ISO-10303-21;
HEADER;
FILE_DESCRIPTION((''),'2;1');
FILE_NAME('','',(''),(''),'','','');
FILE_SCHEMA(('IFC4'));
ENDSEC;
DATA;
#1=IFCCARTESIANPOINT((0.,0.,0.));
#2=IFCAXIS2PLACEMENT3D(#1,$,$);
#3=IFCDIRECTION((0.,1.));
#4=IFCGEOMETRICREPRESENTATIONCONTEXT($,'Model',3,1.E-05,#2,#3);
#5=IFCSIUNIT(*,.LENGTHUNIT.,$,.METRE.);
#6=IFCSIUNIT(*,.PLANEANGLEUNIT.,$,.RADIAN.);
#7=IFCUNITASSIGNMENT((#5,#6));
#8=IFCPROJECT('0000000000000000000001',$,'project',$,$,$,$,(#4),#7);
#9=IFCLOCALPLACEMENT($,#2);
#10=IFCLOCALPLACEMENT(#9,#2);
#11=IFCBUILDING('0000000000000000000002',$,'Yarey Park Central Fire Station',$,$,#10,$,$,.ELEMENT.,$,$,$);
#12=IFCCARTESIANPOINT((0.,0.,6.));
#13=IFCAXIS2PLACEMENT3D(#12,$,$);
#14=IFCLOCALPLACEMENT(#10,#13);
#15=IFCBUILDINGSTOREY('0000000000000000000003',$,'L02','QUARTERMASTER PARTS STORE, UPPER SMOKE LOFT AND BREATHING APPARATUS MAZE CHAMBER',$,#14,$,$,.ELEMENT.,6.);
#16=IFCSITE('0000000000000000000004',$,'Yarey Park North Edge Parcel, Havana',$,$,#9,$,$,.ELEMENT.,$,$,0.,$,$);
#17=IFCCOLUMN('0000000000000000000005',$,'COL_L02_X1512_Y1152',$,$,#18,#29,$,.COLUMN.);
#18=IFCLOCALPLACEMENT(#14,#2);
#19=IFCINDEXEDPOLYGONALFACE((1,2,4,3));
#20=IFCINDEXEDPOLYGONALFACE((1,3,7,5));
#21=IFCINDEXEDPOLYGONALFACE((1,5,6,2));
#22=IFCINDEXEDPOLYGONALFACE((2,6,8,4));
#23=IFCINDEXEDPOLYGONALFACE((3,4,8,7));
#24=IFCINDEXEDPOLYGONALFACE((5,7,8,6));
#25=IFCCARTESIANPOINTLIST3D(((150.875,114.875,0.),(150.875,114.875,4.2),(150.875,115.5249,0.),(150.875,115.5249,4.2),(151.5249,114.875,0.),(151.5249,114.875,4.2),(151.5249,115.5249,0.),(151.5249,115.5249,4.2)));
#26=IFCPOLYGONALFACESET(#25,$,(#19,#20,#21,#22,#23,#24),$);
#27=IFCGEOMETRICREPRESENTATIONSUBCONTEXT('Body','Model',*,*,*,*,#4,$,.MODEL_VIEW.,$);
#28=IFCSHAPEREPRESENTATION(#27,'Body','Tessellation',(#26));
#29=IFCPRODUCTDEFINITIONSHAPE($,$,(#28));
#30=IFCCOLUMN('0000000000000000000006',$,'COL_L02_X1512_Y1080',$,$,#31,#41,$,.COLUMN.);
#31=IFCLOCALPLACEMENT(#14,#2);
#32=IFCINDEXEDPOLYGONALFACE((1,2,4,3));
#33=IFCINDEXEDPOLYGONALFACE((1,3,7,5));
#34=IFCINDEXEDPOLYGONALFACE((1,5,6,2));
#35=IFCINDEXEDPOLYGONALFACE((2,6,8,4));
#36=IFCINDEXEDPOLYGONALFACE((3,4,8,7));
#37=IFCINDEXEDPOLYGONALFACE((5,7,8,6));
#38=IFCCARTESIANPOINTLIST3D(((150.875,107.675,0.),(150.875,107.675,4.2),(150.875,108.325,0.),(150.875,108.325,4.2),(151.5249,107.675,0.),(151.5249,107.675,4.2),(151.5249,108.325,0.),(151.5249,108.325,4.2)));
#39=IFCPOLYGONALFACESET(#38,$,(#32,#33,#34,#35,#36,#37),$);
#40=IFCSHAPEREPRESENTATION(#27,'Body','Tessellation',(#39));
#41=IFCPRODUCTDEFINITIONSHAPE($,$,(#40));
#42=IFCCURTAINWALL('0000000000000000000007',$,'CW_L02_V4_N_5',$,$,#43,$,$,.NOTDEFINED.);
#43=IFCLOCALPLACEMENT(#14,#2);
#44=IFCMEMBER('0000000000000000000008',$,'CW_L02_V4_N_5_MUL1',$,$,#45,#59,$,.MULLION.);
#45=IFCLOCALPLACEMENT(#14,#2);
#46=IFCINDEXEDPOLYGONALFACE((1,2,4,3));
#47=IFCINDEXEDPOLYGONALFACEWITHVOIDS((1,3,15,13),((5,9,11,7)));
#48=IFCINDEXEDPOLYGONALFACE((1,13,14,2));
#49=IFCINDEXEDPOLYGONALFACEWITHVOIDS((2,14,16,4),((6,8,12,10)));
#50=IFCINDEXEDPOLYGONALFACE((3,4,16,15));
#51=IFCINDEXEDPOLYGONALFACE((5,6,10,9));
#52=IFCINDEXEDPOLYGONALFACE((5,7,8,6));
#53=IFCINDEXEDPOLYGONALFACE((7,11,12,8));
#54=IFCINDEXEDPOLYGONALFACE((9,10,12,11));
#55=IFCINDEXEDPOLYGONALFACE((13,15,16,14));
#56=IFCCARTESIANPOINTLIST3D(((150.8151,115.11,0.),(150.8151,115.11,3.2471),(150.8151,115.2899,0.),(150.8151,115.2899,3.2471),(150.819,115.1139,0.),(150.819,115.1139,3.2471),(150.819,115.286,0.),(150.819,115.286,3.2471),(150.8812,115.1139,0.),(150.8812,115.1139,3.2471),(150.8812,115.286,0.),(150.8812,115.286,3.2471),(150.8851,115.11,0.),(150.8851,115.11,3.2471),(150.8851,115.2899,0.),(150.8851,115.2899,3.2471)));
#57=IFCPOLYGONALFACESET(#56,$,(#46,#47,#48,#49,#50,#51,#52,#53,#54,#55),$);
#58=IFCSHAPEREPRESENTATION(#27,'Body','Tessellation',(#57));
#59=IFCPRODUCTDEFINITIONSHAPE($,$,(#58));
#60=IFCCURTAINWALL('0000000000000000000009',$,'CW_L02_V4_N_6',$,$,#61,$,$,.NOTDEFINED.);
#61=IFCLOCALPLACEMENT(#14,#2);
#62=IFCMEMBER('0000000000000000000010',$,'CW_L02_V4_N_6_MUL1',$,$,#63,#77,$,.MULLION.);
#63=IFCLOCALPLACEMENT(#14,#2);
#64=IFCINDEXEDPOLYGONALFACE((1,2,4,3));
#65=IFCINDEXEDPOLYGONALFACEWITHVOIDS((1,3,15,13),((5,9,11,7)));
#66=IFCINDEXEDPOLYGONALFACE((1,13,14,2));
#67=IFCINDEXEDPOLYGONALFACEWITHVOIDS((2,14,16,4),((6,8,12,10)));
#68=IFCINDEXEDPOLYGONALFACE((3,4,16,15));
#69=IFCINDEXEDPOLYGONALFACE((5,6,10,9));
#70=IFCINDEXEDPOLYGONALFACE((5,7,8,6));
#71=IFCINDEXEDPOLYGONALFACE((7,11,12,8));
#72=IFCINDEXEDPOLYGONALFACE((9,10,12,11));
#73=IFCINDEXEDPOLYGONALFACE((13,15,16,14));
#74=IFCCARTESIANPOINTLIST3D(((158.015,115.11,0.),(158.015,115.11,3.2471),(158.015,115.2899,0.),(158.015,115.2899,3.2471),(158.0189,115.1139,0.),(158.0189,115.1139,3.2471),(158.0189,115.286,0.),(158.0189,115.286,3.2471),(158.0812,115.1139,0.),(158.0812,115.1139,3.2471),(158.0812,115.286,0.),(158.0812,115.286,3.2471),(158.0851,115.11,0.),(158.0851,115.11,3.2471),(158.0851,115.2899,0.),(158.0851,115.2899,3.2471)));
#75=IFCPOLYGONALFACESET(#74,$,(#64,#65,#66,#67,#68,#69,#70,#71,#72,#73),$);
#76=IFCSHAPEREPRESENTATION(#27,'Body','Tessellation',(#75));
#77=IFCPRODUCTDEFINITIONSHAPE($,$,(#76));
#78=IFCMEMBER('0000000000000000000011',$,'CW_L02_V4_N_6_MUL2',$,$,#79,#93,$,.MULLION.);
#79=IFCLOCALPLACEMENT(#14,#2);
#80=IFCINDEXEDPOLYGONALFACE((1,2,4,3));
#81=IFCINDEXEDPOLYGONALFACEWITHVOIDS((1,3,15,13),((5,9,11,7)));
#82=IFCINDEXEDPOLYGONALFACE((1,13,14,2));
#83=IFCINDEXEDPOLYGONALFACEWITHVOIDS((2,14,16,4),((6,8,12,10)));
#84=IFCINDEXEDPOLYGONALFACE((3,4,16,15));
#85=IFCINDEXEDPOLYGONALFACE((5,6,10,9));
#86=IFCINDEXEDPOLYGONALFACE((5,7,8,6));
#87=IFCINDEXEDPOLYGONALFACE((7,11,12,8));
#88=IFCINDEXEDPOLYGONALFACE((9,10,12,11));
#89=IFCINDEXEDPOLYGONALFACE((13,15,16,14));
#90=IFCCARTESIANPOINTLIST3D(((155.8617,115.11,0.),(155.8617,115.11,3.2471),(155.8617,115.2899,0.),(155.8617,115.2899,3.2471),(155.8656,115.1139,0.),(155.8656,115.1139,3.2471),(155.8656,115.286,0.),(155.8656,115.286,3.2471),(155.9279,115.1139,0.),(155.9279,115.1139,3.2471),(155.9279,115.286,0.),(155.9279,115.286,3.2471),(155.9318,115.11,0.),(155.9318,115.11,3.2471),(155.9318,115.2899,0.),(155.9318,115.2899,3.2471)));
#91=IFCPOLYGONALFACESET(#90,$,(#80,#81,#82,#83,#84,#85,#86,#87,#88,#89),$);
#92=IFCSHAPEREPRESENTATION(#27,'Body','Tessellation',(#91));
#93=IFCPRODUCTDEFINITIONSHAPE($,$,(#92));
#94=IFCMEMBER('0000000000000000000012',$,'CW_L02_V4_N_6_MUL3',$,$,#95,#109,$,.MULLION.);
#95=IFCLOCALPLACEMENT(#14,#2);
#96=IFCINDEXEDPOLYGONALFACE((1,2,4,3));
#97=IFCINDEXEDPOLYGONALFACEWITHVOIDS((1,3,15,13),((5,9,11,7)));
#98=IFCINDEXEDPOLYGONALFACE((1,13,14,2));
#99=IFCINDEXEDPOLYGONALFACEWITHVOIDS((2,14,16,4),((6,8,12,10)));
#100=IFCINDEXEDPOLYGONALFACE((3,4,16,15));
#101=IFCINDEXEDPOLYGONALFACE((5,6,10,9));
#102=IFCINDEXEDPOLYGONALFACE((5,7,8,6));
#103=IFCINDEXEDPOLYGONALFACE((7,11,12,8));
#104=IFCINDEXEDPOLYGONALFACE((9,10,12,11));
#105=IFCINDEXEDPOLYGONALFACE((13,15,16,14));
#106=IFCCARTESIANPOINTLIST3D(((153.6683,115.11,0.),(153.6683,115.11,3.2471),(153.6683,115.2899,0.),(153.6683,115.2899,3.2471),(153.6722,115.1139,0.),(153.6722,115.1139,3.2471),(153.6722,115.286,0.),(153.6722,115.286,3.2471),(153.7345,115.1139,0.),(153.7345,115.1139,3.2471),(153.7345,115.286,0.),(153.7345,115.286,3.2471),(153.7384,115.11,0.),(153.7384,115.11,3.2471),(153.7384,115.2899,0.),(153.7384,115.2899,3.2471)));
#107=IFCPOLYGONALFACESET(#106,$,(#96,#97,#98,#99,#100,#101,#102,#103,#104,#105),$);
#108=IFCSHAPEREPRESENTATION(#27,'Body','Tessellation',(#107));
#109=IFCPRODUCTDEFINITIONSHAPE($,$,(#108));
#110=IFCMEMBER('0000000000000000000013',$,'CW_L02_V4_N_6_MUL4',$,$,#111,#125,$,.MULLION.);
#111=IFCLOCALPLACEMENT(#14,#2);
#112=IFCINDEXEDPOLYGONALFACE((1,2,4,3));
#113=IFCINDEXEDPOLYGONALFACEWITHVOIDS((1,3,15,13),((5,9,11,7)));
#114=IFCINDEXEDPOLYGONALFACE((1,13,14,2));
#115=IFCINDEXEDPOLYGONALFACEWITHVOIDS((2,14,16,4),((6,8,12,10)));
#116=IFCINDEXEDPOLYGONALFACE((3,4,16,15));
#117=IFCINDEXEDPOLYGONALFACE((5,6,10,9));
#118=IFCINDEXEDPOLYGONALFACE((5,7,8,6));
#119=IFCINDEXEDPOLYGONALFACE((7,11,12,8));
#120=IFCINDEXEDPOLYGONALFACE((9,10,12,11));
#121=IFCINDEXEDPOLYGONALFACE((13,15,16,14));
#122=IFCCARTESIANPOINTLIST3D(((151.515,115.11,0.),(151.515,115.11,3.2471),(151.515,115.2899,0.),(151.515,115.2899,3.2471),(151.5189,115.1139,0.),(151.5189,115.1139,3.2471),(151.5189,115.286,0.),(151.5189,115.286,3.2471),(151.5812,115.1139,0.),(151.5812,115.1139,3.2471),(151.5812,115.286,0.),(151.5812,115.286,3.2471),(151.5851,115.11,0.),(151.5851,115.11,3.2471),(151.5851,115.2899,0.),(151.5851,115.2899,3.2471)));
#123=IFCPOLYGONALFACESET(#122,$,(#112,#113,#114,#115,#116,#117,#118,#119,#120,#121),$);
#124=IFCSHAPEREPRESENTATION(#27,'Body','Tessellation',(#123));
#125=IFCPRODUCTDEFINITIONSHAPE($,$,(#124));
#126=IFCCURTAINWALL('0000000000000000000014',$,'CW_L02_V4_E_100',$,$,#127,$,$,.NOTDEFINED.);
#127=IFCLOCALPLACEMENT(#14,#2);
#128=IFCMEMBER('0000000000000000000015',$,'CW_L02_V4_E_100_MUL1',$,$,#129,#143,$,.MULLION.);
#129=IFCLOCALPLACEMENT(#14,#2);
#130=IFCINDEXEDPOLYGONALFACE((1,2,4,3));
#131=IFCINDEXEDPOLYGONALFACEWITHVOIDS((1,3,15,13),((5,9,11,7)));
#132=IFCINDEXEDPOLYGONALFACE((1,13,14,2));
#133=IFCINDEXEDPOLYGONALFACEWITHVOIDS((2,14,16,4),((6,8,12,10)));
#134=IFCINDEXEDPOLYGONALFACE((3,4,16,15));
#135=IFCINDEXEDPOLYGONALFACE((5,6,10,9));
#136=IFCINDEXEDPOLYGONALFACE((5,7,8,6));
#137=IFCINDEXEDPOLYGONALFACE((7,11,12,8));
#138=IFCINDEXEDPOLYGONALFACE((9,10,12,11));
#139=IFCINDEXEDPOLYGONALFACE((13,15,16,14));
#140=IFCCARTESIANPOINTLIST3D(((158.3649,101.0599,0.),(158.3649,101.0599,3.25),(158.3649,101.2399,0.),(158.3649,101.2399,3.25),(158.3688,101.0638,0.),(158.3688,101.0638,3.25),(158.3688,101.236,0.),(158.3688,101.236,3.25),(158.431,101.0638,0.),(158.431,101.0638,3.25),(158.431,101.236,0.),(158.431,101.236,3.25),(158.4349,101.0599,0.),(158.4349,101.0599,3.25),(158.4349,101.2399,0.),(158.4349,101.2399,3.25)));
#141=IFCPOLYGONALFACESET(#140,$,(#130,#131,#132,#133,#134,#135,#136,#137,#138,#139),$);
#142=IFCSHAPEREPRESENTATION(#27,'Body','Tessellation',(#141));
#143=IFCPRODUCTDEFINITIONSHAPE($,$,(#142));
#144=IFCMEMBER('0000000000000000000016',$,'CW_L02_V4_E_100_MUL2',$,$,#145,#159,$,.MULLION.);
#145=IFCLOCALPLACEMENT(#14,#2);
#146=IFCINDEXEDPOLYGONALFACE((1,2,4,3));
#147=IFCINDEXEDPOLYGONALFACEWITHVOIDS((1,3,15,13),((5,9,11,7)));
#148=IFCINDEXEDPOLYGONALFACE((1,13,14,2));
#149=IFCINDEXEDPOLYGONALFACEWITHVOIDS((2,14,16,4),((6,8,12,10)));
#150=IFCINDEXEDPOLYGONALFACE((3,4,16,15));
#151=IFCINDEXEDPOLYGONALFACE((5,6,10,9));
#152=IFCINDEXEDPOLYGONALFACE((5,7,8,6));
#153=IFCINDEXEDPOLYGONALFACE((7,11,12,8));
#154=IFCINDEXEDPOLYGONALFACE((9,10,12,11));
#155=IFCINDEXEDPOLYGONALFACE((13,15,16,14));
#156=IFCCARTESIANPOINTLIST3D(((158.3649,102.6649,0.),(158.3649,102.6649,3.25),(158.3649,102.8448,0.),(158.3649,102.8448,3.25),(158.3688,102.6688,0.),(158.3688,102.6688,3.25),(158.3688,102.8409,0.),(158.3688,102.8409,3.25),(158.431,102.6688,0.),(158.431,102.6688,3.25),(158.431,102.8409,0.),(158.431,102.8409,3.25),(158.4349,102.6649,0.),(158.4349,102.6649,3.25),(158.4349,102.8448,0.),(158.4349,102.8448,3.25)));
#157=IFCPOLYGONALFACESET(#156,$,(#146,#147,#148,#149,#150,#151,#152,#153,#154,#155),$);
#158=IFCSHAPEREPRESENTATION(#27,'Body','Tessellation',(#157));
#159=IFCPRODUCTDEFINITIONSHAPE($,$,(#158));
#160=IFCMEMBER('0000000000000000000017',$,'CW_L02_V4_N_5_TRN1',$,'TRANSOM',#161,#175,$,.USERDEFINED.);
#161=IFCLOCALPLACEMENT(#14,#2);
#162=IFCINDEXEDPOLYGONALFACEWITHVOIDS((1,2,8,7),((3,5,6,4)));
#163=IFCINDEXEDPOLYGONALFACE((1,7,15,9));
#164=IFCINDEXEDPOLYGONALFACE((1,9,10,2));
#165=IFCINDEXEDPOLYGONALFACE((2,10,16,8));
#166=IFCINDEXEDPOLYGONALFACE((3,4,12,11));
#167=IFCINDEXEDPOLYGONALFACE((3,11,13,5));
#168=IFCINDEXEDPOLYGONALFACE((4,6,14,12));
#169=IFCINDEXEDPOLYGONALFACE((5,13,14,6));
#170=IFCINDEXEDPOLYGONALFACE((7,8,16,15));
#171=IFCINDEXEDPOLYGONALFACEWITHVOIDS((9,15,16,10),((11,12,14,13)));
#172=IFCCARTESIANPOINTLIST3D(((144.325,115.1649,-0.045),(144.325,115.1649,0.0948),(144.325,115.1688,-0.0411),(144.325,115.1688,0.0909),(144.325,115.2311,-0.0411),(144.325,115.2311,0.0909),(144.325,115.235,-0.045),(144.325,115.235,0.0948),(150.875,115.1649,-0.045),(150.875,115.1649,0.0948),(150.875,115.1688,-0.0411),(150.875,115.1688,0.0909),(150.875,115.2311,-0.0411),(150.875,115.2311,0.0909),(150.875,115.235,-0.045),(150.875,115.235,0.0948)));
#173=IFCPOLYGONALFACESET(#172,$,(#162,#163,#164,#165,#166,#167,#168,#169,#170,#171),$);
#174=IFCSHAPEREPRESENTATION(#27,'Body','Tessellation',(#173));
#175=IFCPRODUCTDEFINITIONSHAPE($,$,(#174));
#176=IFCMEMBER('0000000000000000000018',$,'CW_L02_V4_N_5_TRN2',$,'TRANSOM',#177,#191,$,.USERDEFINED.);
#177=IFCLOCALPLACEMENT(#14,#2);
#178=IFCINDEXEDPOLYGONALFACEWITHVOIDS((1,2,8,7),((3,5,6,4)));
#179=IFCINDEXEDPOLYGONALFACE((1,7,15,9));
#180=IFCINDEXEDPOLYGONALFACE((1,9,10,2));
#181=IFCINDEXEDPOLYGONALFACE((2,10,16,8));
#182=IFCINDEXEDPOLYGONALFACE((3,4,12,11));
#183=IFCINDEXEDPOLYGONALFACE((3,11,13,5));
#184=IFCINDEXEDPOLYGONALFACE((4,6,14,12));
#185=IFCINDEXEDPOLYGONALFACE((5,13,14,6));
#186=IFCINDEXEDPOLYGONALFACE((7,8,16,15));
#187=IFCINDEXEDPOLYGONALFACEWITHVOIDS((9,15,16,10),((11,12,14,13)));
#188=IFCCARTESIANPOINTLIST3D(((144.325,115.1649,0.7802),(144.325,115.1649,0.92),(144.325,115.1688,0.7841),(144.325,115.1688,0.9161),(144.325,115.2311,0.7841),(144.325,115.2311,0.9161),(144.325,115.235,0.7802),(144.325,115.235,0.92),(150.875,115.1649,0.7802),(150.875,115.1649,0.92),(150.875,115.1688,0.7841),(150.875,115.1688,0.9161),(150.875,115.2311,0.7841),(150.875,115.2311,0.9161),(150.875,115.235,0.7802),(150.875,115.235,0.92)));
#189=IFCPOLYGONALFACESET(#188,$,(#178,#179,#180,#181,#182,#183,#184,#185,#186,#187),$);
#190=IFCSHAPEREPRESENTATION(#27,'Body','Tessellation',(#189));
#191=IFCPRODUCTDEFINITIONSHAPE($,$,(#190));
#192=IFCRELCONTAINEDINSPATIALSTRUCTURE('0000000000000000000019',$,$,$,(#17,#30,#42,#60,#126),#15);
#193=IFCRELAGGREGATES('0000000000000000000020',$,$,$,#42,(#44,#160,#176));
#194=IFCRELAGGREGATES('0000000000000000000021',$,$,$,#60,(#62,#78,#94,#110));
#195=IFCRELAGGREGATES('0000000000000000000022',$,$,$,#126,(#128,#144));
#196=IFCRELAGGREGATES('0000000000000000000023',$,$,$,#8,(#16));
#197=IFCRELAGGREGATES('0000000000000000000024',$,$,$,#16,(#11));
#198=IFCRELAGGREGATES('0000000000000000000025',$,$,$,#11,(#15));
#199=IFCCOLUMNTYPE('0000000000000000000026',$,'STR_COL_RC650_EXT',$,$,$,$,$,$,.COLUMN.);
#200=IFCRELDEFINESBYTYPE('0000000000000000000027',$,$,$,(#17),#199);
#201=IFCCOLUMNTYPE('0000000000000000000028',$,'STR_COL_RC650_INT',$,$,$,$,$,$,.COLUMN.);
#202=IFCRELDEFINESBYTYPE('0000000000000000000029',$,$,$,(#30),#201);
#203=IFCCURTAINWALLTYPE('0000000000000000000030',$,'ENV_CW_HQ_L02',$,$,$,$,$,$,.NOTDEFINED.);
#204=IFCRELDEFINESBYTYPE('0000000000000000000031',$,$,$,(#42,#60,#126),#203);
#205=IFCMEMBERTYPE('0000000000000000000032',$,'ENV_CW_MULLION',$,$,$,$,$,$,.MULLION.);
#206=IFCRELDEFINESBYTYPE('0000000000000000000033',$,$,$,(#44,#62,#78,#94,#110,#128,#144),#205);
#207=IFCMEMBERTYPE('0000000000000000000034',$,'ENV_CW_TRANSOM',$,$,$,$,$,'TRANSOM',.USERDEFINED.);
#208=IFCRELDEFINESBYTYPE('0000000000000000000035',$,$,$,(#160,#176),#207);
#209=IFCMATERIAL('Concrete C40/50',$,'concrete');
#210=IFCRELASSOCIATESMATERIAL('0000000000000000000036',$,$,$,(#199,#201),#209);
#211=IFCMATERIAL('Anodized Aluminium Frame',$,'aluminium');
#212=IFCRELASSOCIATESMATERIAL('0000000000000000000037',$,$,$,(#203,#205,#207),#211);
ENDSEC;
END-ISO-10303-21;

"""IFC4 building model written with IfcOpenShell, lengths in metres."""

from ifc_helpers import new_model, si_unit, direction, frame, origin, origin_2d, place, context, subcontext, project, spatial, rectangle, hollow_rectangle, extrude, material, material_profile, profile_set, type_object, element, aggregate, save


model = new_model("IFC4")

# Units and contexts
model_context = context("Model", 3, precision=1e-05, world=origin(), true_north=direction((0.0, 1.0)))
body_context = subcontext(model_context, "Body", "Model", "MODEL_VIEW")
ifc_project = project(units=[si_unit("LENGTHUNIT", "METRE"), si_unit("PLANEANGLEUNIT", "RADIAN")], contexts=[model_context])

# Site, building, storey
site_placement = place(None, origin())
site = spatial("IfcSite", under=ifc_project, at=site_placement, Name="Yarey Park North Edge Parcel, Havana", CompositionType="ELEMENT", RefElevation=0.0)
building_placement = place(site_placement, origin())
building = spatial("IfcBuilding", under=site, at=building_placement, Name="Yarey Park Central Fire Station", CompositionType="ELEMENT")
storey_placement = place(building_placement, frame((0.0, 0.0, 6.0)))
storey = spatial("IfcBuildingStorey", under=building, at=storey_placement, Name="L02", Description="QUARTERMASTER PARTS STORE, UPPER SMOKE LOFT AND BREATHING APPARATUS MAZE CHAMBER", CompositionType="ELEMENT", Elevation=6.0)

# Columns
ifc_material_1 = material(Name="Concrete C40/50", Category="concrete")
ifc_material_profile_1 = material_profile(ifc_material_1, rectangle(XDim=0.6499, YDim=0.6499, at=origin_2d()), Name="RC 650x650")
ifc_profile_set_1 = profile_set([ifc_material_profile_1], Name="Concrete C40/50")
column_type_1 = type_object("IfcColumnType", Name="STR_COL_RC650_EXT", PredefinedType="COLUMN", material=ifc_profile_set_1)
column_1_placement = place(storey_placement, frame((151.2, 115.2, 0.0), z_axis=(0.0, 0.0, 1.0), x_axis=(1.0, 0.0, 0.0)))
element("IfcColumn", 1, at=column_1_placement, inside=storey, type_object=column_type_1, Name="COL_L02_X1512_Y1152", PredefinedType="COLUMN", context=body_context, shape_type="SweptSolid", body=[
    extrude(rectangle(XDim=0.6499, YDim=0.6499, at=origin_2d()), origin(), (0.0, 0.0, 1.0), 4.2),
])
ifc_material_profile_2 = material_profile(ifc_material_1, rectangle(XDim=0.6499, YDim=0.6499, at=origin_2d()), Name="RC 650x650")
ifc_profile_set_2 = profile_set([ifc_material_profile_2], Name="Concrete C40/50")
column_type_2 = type_object("IfcColumnType", Name="STR_COL_RC650_INT", PredefinedType="COLUMN", material=ifc_profile_set_2)
column_2_placement = place(storey_placement, frame((151.2, 108.0, 0.0), z_axis=(0.0, 0.0, 1.0), x_axis=(1.0, 0.0, 0.0)))
element("IfcColumn", 2, at=column_2_placement, inside=storey, type_object=column_type_2, Name="COL_L02_X1512_Y1080", PredefinedType="COLUMN", context=body_context, shape_type="SweptSolid", body=[
    extrude(rectangle(XDim=0.6499, YDim=0.6499, at=origin_2d()), origin(), (0.0, 0.0, 1.0), 4.2),
])

# Curtain wall, member
ifc_material_2 = material(Name="Anodized Aluminium Frame", Category="aluminium")
curtain_wall_type = type_object("IfcCurtainWallType", Name="ENV_CW_HQ_L02", PredefinedType="NOTDEFINED", material=ifc_material_2)
curtain_wall_1_placement = place(storey_placement, origin())
curtain_wall_1 = element("IfcCurtainWall", 3, at=curtain_wall_1_placement, inside=storey, type_object=curtain_wall_type, Name="CW_L02_V4_N_5", PredefinedType="NOTDEFINED")
ifc_material_profile_3 = material_profile(ifc_material_2, hollow_rectangle(XDim=0.0701, YDim=0.1799, WallThickness=0.0039, at=origin_2d()), Name="ALU 180x70x4")
ifc_profile_set_3 = profile_set([ifc_material_profile_3], Name="Anodized Aluminium Frame")
member_type_1 = type_object("IfcMemberType", Name="ENV_CW_MULLION", PredefinedType="MULLION", material=ifc_profile_set_3)
member_1_placement = place(storey_placement, frame((150.8501, 115.2, 0.0), z_axis=(0.0, 0.0, 1.0), x_axis=(1.0, 0.0, 0.0)))
member_1 = element("IfcMember", 4, at=member_1_placement, type_object=member_type_1, Name="CW_L02_V4_N_5_MUL1", PredefinedType="MULLION", context=body_context, shape_type="SweptSolid", body=[
    extrude(hollow_rectangle(XDim=0.0701, YDim=0.1799, WallThickness=0.0039, at=origin_2d()), origin(), (0.0, 0.0, 1.0), 3.2471),
])

# Curtain walls, members
curtain_wall_2_placement = place(storey_placement, origin())
curtain_wall_2 = element("IfcCurtainWall", 5, at=curtain_wall_2_placement, inside=storey, type_object=curtain_wall_type, Name="CW_L02_V4_N_6", PredefinedType="NOTDEFINED")
member_2_placement = place(storey_placement, frame((158.05, 115.2, 0.0), z_axis=(0.0, 0.0, 1.0), x_axis=(1.0, 0.0, 0.0)))
member_2 = element("IfcMember", 6, at=member_2_placement, type_object=member_type_1, Name="CW_L02_V4_N_6_MUL1", PredefinedType="MULLION", context=body_context, shape_type="SweptSolid", body=[
    extrude(hollow_rectangle(XDim=0.0701, YDim=0.1799, WallThickness=0.0039, at=origin_2d()), origin(), (0.0, 0.0, 1.0), 3.2471),
])
member_3_placement = place(storey_placement, frame((155.8967, 115.2, 0.0), z_axis=(0.0, 0.0, 1.0), x_axis=(1.0, 0.0, 0.0)))
member_3 = element("IfcMember", 7, at=member_3_placement, type_object=member_type_1, Name="CW_L02_V4_N_6_MUL2", PredefinedType="MULLION", context=body_context, shape_type="SweptSolid", body=[
    extrude(hollow_rectangle(XDim=0.0701, YDim=0.1799, WallThickness=0.0039, at=origin_2d()), origin(), (0.0, 0.0, 1.0), 3.2471),
])
member_4_placement = place(storey_placement, frame((153.7034, 115.2, 0.0), z_axis=(0.0, 0.0, 1.0), x_axis=(1.0, 0.0, 0.0)))
member_4 = element("IfcMember", 8, at=member_4_placement, type_object=member_type_1, Name="CW_L02_V4_N_6_MUL3", PredefinedType="MULLION", context=body_context, shape_type="SweptSolid", body=[
    extrude(hollow_rectangle(XDim=0.0701, YDim=0.1799, WallThickness=0.0039, at=origin_2d()), origin(), (0.0, 0.0, 1.0), 3.2471),
])
member_5_placement = place(storey_placement, frame((151.55, 115.2, 0.0), z_axis=(0.0, 0.0, 1.0), x_axis=(1.0, 0.0, 0.0)))
member_5 = element("IfcMember", 9, at=member_5_placement, type_object=member_type_1, Name="CW_L02_V4_N_6_MUL4", PredefinedType="MULLION", context=body_context, shape_type="SweptSolid", body=[
    extrude(hollow_rectangle(XDim=0.0701, YDim=0.1799, WallThickness=0.0039, at=origin_2d()), origin(), (0.0, 0.0, 1.0), 3.2471),
])
curtain_wall_3_placement = place(storey_placement, origin())
curtain_wall_3 = element("IfcCurtainWall", 10, at=curtain_wall_3_placement, inside=storey, type_object=curtain_wall_type, Name="CW_L02_V4_E_100", PredefinedType="NOTDEFINED")
member_6_placement = place(storey_placement, frame((158.3999, 101.1499, 0.0), z_axis=(0.0, 0.0, 1.0), x_axis=(1.0, 0.0, 0.0)))
member_6 = element("IfcMember", 11, at=member_6_placement, type_object=member_type_1, Name="CW_L02_V4_E_100_MUL1", PredefinedType="MULLION", context=body_context, shape_type="SweptSolid", body=[
    extrude(hollow_rectangle(XDim=0.0701, YDim=0.1799, WallThickness=0.0039, at=origin_2d()), origin(), (0.0, 0.0, 1.0), 3.25),
])
member_7_placement = place(storey_placement, frame((158.3999, 102.7549, 0.0), z_axis=(0.0, 0.0, 1.0), x_axis=(1.0, 0.0, 0.0)))
member_7 = element("IfcMember", 12, at=member_7_placement, type_object=member_type_1, Name="CW_L02_V4_E_100_MUL2", PredefinedType="MULLION", context=body_context, shape_type="SweptSolid", body=[
    extrude(hollow_rectangle(XDim=0.0701, YDim=0.1799, WallThickness=0.0039, at=origin_2d()), origin(), (0.0, 0.0, 1.0), 3.25),
])

# Members
ifc_material_profile_4 = material_profile(ifc_material_2, hollow_rectangle(XDim=0.0701, YDim=0.1399, WallThickness=0.0039, at=origin_2d()), Name="ALU 140x70x4")
ifc_profile_set_4 = profile_set([ifc_material_profile_4], Name="Anodized Aluminium Frame")
member_type_2 = type_object("IfcMemberType", Name="ENV_CW_TRANSOM", ElementType="TRANSOM", PredefinedType="USERDEFINED", material=ifc_profile_set_4)
member_8_placement = place(storey_placement, frame((150.875, 115.2, 0.0249), z_axis=(-1.0, 0.0, 0.0), x_axis=(0.0, -1.0, 0.0)))
member_8 = element("IfcMember", 13, at=member_8_placement, type_object=member_type_2, Name="CW_L02_V4_N_5_TRN1", ObjectType="TRANSOM", PredefinedType="USERDEFINED", context=body_context, shape_type="SweptSolid", body=[
    extrude(hollow_rectangle(XDim=0.0701, YDim=0.1399, WallThickness=0.0039, at=origin_2d()), origin(), (0.0, 0.0, 1.0), 6.55),
])
member_9_placement = place(storey_placement, frame((150.875, 115.2, 0.8501), z_axis=(-1.0, 0.0, 0.0), x_axis=(0.0, -1.0, 0.0)))
member_9 = element("IfcMember", 14, at=member_9_placement, type_object=member_type_2, Name="CW_L02_V4_N_5_TRN2", ObjectType="TRANSOM", PredefinedType="USERDEFINED", context=body_context, shape_type="SweptSolid", body=[
    extrude(hollow_rectangle(XDim=0.0701, YDim=0.1399, WallThickness=0.0039, at=origin_2d()), origin(), (0.0, 0.0, 1.0), 6.55),
])
aggregate(curtain_wall_1, [member_1, member_8, member_9])

aggregate(curtain_wall_2, [member_2, member_3, member_4, member_5])
aggregate(curtain_wall_3, [member_6, member_7])

save(model, "model.ifc")
